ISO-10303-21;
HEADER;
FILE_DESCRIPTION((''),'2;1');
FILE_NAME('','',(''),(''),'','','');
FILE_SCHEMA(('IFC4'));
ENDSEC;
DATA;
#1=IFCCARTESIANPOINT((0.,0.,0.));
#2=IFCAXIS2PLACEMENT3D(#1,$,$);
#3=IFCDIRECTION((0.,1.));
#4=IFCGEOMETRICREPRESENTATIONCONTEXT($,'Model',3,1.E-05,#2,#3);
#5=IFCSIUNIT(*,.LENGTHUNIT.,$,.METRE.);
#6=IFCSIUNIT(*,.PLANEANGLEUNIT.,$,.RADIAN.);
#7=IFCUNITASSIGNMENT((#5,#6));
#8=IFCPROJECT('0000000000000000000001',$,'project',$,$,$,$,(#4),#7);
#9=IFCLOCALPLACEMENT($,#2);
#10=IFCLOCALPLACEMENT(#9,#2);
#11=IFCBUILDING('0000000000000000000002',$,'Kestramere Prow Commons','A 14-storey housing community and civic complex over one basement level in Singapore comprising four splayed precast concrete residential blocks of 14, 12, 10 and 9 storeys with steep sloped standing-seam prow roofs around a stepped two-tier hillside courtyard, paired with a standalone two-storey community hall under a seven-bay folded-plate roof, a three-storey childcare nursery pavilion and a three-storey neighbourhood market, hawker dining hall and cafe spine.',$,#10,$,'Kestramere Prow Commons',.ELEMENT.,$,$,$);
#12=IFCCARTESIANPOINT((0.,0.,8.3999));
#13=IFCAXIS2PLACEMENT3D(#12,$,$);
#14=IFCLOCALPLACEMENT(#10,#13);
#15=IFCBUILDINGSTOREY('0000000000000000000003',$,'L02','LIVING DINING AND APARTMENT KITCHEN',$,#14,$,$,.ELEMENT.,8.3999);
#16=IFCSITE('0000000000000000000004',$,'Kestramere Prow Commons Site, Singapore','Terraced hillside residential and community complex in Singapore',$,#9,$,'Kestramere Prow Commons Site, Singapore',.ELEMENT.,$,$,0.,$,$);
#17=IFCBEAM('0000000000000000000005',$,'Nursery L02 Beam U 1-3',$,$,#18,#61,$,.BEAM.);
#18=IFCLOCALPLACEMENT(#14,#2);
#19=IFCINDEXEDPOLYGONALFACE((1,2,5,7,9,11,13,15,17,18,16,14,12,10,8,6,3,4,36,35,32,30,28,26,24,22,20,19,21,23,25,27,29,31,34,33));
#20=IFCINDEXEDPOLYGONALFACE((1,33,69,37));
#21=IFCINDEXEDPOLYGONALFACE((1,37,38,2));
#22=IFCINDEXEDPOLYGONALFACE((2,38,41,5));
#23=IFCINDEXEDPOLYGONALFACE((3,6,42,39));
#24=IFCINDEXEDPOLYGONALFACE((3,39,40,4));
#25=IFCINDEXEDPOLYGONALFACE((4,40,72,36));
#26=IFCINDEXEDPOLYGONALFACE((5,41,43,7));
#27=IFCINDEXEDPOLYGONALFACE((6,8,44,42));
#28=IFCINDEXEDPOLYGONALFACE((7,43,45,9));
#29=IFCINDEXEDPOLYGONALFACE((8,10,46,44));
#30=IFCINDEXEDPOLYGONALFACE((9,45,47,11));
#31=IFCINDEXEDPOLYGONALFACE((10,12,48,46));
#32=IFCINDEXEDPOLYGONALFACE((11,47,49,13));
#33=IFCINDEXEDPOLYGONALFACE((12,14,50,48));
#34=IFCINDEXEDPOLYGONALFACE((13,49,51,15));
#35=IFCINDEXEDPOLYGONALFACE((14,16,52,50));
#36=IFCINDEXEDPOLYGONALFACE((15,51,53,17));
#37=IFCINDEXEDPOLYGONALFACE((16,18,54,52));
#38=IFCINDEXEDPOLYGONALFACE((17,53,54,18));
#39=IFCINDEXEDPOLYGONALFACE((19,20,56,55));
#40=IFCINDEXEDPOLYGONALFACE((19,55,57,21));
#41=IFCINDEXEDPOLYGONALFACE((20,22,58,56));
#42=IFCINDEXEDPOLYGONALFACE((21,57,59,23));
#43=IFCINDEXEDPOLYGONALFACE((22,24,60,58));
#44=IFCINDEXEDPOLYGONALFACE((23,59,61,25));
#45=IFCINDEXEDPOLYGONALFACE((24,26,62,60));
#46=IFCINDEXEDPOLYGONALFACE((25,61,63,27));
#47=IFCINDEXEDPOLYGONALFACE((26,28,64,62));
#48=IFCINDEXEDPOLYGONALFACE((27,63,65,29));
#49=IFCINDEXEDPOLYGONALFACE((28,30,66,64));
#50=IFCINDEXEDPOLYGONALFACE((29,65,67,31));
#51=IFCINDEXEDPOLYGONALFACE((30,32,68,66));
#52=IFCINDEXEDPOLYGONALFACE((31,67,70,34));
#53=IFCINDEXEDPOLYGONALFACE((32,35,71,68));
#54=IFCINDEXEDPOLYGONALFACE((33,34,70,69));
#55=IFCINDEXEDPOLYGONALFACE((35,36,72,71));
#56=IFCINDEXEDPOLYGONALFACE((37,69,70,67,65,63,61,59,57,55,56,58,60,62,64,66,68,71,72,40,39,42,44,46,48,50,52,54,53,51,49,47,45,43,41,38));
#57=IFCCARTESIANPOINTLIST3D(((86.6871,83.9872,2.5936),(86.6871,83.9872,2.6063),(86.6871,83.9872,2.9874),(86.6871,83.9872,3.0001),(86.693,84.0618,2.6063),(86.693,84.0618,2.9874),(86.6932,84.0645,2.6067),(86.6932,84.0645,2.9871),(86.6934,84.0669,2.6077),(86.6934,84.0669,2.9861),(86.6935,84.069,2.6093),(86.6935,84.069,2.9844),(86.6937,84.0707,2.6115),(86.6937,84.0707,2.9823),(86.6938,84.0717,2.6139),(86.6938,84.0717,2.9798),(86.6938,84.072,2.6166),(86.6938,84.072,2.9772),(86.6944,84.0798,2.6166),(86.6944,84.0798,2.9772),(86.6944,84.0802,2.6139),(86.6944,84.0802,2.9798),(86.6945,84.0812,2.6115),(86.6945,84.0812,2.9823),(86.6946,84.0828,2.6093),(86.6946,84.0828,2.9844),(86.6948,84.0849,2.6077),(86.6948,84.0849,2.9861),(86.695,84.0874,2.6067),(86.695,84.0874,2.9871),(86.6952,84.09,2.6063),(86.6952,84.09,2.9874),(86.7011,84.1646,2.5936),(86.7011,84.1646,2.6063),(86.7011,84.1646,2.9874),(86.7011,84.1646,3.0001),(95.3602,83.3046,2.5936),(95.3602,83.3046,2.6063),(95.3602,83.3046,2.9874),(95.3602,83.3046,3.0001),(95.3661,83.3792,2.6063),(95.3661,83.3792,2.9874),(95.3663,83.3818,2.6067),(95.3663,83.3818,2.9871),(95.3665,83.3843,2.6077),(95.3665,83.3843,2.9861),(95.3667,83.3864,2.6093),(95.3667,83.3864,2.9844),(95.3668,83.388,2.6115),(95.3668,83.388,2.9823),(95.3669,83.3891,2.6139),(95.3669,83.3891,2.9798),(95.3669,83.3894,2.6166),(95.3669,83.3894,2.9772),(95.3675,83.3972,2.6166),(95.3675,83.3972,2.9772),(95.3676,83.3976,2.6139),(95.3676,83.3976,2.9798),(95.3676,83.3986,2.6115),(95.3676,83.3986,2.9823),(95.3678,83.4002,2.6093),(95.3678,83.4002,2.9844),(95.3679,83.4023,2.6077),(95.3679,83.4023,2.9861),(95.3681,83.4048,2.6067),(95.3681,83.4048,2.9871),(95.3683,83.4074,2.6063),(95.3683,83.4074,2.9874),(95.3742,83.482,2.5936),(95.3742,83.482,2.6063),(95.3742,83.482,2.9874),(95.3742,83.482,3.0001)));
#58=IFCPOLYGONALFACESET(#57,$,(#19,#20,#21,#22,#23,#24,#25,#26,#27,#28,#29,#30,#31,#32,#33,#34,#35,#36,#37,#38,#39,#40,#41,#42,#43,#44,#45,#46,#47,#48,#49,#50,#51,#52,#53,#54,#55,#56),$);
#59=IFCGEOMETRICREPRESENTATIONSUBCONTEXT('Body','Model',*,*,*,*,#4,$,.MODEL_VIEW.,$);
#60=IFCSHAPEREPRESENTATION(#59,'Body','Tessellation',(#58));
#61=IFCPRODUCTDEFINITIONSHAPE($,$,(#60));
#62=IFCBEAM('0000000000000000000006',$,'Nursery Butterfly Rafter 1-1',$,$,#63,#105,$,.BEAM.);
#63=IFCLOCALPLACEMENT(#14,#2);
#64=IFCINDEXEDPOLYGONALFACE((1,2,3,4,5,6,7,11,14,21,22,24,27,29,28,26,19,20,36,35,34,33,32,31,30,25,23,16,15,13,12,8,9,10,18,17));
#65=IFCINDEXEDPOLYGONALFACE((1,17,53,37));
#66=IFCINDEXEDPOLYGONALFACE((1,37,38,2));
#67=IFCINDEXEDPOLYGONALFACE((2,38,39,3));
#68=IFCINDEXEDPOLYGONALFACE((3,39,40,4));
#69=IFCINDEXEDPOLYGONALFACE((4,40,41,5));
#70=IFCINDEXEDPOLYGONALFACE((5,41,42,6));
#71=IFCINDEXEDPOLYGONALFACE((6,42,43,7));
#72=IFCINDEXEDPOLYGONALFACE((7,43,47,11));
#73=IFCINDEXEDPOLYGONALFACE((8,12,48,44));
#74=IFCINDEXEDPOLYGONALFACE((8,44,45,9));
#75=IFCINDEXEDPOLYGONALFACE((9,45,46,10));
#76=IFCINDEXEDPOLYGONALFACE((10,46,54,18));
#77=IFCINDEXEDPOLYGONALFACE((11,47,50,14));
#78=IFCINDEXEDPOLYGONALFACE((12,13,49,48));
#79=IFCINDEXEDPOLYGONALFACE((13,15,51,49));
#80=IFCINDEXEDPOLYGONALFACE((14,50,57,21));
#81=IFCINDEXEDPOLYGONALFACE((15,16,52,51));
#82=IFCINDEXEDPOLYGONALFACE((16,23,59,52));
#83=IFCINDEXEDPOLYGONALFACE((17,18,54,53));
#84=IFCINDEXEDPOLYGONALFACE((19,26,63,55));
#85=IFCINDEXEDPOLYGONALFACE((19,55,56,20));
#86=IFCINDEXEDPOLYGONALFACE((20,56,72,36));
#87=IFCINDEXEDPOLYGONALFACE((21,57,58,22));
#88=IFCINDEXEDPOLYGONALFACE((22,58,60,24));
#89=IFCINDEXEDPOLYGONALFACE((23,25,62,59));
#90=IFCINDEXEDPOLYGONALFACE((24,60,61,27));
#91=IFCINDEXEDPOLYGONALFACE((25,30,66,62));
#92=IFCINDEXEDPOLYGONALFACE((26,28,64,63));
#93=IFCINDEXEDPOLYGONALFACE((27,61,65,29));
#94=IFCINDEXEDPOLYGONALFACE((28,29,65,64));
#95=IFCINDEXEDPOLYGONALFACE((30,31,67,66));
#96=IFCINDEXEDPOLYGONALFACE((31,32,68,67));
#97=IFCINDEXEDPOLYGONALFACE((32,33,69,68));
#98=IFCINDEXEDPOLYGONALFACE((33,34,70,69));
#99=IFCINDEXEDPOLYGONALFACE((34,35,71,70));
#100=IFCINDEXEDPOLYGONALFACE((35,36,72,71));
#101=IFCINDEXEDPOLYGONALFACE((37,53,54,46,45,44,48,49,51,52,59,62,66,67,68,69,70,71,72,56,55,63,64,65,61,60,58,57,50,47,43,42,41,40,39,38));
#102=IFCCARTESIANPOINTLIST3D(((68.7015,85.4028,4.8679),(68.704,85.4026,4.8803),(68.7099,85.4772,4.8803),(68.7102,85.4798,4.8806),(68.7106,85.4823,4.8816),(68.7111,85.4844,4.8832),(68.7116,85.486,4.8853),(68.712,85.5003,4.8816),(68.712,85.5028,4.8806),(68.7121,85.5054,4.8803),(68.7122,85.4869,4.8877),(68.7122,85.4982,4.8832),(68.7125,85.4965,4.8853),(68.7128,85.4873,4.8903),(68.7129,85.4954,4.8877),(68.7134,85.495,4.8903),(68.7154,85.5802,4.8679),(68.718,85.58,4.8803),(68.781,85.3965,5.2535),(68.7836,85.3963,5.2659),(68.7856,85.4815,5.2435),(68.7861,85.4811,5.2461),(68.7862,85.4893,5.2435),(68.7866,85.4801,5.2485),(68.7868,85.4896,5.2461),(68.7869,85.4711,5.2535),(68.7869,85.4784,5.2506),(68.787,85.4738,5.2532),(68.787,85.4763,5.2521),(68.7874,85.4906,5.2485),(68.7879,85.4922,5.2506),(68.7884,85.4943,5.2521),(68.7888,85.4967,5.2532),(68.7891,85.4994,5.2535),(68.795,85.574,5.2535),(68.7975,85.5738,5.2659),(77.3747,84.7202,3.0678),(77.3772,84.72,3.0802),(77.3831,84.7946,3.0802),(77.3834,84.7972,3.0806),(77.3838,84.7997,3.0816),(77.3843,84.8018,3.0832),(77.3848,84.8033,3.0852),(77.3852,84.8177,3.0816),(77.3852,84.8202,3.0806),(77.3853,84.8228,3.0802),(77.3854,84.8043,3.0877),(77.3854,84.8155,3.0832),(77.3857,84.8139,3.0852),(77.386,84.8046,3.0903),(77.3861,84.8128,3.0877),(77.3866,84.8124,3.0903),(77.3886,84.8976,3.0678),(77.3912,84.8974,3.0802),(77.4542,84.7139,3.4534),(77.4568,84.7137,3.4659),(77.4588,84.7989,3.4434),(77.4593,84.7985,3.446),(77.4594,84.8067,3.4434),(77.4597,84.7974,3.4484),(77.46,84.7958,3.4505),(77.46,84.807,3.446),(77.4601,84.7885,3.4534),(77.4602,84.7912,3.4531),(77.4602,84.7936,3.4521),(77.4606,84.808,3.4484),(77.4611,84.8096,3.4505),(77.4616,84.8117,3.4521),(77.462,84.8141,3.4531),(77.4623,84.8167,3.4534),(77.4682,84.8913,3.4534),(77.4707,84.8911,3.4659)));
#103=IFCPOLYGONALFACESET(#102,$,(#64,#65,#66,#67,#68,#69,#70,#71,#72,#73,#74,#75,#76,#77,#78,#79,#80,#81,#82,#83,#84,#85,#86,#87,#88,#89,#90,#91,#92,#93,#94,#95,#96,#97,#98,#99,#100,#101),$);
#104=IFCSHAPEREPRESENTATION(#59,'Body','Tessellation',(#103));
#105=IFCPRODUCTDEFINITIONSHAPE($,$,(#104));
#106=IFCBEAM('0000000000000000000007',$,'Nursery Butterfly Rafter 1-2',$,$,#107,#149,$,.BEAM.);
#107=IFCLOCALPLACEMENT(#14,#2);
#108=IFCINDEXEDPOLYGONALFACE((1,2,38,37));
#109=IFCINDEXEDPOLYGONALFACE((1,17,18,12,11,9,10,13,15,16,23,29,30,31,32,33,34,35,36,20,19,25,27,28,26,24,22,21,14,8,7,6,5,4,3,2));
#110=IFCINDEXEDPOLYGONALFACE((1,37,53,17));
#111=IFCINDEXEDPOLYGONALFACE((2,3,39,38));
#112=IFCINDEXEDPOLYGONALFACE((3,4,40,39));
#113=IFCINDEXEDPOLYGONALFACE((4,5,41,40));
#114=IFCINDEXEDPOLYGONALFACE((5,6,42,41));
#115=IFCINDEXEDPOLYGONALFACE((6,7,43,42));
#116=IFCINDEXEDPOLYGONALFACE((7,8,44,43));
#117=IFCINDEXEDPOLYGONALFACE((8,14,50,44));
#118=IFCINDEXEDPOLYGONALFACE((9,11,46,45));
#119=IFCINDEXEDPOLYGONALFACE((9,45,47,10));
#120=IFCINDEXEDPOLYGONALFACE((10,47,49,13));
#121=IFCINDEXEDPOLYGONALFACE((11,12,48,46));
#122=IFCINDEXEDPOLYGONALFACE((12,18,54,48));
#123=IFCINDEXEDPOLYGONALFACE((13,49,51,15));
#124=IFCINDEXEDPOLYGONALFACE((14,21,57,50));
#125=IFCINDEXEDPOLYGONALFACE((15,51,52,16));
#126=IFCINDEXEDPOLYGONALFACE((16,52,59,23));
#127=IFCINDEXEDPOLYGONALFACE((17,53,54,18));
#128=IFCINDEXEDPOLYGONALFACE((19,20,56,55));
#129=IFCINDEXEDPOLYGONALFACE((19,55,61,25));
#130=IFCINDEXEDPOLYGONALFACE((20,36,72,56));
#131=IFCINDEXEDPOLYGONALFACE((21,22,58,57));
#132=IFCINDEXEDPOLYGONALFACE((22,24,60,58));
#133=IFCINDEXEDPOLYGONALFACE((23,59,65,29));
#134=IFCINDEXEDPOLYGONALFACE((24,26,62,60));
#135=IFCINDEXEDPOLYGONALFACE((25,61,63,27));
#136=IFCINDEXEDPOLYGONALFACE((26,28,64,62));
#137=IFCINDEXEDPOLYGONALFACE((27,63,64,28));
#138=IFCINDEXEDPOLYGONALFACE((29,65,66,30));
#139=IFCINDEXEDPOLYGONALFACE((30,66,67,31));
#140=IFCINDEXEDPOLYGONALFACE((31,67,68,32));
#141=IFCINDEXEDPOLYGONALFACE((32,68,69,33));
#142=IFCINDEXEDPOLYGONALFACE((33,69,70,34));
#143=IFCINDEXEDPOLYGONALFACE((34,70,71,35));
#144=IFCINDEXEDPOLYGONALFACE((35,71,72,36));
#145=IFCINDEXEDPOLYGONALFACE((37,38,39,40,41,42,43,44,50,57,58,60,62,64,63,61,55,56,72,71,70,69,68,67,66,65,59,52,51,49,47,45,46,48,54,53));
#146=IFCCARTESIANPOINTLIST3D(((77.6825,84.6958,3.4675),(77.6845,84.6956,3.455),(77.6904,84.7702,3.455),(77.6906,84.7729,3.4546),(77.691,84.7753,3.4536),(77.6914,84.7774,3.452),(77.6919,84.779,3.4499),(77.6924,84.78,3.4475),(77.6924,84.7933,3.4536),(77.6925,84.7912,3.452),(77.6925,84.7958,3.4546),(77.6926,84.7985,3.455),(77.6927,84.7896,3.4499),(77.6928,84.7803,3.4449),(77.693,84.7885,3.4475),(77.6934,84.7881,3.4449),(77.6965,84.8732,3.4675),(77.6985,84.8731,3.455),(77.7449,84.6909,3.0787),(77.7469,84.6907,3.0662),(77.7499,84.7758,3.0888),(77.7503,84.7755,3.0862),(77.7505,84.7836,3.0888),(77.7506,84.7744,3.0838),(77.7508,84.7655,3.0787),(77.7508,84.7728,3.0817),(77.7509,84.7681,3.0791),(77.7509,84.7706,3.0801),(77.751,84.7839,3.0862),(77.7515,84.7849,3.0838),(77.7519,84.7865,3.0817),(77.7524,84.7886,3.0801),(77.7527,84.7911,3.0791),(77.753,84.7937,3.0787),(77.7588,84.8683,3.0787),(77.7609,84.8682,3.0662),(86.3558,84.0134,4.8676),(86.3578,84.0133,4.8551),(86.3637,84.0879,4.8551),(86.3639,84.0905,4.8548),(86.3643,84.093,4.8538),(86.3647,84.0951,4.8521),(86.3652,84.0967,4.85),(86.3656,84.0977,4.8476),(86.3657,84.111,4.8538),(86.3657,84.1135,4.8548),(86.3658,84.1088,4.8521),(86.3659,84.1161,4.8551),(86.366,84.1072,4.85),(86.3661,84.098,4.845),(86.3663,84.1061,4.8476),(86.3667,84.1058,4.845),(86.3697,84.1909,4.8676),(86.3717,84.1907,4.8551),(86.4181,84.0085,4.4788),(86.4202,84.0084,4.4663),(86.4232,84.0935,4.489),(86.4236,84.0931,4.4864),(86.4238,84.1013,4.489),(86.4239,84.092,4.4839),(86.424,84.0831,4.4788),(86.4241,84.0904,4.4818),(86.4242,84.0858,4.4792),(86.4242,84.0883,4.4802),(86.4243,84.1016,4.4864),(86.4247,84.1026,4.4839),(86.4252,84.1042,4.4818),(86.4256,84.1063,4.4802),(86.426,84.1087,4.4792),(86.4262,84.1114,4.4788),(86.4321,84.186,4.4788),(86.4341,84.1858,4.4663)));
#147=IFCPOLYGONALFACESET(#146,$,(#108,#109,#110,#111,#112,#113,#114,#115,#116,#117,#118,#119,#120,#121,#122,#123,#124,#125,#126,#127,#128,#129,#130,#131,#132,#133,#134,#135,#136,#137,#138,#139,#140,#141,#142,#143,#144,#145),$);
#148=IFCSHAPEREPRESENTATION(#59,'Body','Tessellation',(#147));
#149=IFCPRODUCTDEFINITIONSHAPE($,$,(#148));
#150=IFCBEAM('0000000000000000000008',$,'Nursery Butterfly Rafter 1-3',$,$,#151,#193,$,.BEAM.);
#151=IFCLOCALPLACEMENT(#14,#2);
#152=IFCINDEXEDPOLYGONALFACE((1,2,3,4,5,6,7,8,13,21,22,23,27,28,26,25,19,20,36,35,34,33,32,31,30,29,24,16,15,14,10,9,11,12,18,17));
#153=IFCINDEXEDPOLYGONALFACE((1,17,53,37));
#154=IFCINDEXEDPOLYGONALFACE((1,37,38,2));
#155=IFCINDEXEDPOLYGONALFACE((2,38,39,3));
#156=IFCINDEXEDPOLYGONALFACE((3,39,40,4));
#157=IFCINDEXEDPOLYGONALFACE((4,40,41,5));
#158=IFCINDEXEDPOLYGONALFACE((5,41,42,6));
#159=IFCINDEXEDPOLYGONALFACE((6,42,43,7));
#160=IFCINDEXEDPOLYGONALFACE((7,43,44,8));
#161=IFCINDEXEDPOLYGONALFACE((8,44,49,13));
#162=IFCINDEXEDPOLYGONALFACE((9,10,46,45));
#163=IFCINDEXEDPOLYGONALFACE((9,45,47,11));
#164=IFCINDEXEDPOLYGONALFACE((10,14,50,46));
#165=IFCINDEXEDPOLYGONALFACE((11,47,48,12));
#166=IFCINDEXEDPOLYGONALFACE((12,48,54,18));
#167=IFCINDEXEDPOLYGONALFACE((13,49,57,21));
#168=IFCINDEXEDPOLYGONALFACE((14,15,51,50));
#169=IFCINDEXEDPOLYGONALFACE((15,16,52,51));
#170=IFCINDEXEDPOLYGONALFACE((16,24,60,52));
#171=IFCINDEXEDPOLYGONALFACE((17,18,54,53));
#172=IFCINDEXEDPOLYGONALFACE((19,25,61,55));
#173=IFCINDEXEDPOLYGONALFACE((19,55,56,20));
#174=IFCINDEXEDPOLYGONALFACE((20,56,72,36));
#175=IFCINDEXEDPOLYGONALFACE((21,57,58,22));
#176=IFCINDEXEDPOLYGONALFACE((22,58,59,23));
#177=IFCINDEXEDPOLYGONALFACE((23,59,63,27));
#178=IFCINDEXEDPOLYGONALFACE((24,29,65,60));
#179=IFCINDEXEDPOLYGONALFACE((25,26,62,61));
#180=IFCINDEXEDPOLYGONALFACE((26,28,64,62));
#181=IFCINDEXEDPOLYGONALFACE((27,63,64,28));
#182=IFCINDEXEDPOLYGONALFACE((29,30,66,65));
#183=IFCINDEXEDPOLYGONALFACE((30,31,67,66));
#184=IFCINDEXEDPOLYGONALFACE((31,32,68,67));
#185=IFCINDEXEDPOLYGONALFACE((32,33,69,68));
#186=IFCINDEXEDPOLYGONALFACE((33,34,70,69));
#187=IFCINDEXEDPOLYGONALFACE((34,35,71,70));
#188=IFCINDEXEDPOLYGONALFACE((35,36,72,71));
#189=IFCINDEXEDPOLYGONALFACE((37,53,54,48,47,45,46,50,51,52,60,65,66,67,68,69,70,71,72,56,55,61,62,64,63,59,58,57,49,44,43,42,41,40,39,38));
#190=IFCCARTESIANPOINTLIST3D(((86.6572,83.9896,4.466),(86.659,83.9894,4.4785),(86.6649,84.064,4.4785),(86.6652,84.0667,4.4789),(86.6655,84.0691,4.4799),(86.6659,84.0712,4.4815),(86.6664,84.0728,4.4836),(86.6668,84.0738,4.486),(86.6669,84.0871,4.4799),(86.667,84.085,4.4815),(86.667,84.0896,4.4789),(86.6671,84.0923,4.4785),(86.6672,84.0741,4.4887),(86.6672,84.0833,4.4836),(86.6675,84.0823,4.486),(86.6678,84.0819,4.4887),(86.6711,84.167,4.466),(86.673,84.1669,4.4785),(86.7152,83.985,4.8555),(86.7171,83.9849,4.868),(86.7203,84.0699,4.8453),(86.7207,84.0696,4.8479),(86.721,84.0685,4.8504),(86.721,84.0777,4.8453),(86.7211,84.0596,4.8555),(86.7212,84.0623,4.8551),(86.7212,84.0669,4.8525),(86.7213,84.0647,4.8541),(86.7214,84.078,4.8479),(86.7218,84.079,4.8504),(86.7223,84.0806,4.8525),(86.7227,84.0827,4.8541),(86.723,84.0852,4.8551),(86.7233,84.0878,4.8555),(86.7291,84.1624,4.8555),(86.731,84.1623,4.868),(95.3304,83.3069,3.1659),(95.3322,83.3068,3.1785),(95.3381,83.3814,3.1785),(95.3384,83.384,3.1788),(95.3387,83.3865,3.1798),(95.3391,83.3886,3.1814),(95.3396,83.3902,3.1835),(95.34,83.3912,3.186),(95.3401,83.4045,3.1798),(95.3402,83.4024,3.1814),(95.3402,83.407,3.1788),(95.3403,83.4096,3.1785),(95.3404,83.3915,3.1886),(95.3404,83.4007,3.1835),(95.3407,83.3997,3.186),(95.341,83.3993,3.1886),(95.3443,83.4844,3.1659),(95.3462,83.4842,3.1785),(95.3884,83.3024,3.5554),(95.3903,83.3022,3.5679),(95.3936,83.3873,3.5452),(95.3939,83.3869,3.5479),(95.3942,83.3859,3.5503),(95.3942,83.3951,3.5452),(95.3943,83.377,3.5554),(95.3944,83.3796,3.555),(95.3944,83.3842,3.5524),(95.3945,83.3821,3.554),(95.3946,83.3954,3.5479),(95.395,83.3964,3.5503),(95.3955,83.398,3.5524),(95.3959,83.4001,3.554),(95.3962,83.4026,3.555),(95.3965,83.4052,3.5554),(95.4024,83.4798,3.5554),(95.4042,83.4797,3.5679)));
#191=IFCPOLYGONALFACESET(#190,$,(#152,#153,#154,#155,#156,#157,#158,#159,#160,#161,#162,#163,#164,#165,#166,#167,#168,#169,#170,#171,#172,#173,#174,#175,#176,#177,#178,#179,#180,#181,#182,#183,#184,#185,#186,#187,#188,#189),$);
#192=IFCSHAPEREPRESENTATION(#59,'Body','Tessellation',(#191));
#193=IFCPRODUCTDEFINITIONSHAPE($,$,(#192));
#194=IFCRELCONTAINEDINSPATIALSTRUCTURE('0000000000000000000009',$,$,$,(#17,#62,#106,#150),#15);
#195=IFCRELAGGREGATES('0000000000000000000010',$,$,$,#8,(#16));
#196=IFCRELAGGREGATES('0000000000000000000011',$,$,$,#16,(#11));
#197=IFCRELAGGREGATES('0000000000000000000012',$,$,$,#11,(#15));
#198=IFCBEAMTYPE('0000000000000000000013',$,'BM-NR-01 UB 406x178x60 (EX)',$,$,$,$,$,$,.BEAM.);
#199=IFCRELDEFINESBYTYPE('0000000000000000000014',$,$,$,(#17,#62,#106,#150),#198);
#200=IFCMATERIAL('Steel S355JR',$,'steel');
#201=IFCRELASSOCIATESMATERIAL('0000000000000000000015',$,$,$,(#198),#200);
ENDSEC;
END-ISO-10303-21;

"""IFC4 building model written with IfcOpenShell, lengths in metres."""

from ifc_helpers import new_model, si_unit, direction, frame, origin, origin_2d, place, context, subcontext, project, spatial, i_section, extrude, material, material_profile, profile_set, type_object, element, save


model = new_model("IFC4")

# Units and contexts
model_context = context("Model", 3, precision=1e-05, world=origin(), true_north=direction((0.0, 1.0)))
body_context = subcontext(model_context, "Body", "Model", "MODEL_VIEW")
ifc_project = project(units=[si_unit("LENGTHUNIT", "METRE"), si_unit("PLANEANGLEUNIT", "RADIAN")], contexts=[model_context])

# Site, building, storey
site_placement = place(None, origin())
site = spatial("IfcSite", under=ifc_project, at=site_placement, Name="Kestramere Prow Commons Site, Singapore", Description="Terraced hillside residential and community complex in Singapore", LongName="Kestramere Prow Commons Site, Singapore", CompositionType="ELEMENT", RefElevation=0.0)
building_placement = place(site_placement, origin())
building = spatial("IfcBuilding", under=site, at=building_placement, Name="Kestramere Prow Commons", Description="A 14-storey housing community and civic complex over one basement level in Singapore comprising four splayed precast concrete residential blocks of 14, 12, 10 and 9 storeys with steep sloped standing-seam prow roofs around a stepped two-tier hillside courtyard, paired with a standalone two-storey community hall under a seven-bay folded-plate roof, a three-storey childcare nursery pavilion and a three-storey neighbourhood market, hawker dining hall and cafe spine.", LongName="Kestramere Prow Commons", CompositionType="ELEMENT")
storey_placement = place(building_placement, frame((0.0, 0.0, 8.3999)))
storey = spatial("IfcBuildingStorey", under=building, at=storey_placement, Name="L02", Description="LIVING DINING AND APARTMENT KITCHEN", CompositionType="ELEMENT", Elevation=8.3999)

# Shared definitions
ifc_material_1 = material(Name="Steel S355JR", Category="steel")

# Beams
ifc_material_profile_1 = material_profile(ifc_material_1, i_section(OverallWidth=0.178, OverallDepth=0.4065, WebThickness=0.0078, FlangeThickness=0.0127, FilletRadius=0.0103, at=origin_2d()), Name="UB 406x178x60")
ifc_profile_set_1 = profile_set([ifc_material_profile_1], Name="Steel S355JR")
beam_type_1 = type_object("IfcBeamType", Name="BM-NR-01 UB 406x178x60 (EX)", PredefinedType="BEAM", material=ifc_profile_set_1)
beam_1_placement = place(storey_placement, frame((86.6941, 84.0759, 2.7969), z_axis=(0.996917, -0.078462, 0.0), x_axis=(0.078462, 0.996917, 0.0)))
element("IfcBeam", 1, at=beam_1_placement, inside=storey, type_object=beam_type_1, Name="Nursery L02 Beam U 1-3", PredefinedType="BEAM", context=body_context, shape_type="SweptSolid", body=[
    extrude(i_section(OverallWidth=0.178, OverallDepth=0.4065, WebThickness=0.0078, FlangeThickness=0.0127, FilletRadius=0.0103, at=origin_2d()), origin(), (0.0, 0.0, 1.0), 8.7),
])
beam_2_placement = place(storey_placement, frame((68.7495, 85.4883, 5.0669), z_axis=(0.97624, -0.076835, -0.202613), x_axis=(0.078462, 0.996917, 0.0)))
element("IfcBeam", 2, at=beam_2_placement, inside=storey, type_object=beam_type_1, Name="Nursery Butterfly Rafter 1-1", PredefinedType="BEAM", context=body_context, shape_type="SweptSolid", body=[
    extrude(i_section(OverallWidth=0.178, OverallDepth=0.4065, WebThickness=0.0078, FlangeThickness=0.0127, FilletRadius=0.0103, at=origin_2d()), origin(), (0.0, 0.0, 1.0), 8.8843),
])
beam_3_placement = place(storey_placement, frame((77.7217, 84.782, 3.2668), z_axis=(0.984255, -0.077436, 0.158889), x_axis=(0.078432, 0.996919, 0.0)))
element("IfcBeam", 3, at=beam_3_placement, inside=storey, type_object=beam_type_1, Name="Nursery Butterfly Rafter 1-2", PredefinedType="BEAM", context=body_context, shape_type="SweptSolid", body=[
    extrude(i_section(OverallWidth=0.178, OverallDepth=0.4065, WebThickness=0.0078, FlangeThickness=0.0127, FilletRadius=0.0103, at=origin_2d()), origin(), (0.0, 0.0, 1.0), 8.812),
])
beam_4_placement = place(storey_placement, frame((86.6941, 84.0759, 4.667), z_axis=(0.985969, -0.077601, -0.147791), x_axis=(0.078462, 0.996917, 0.0)))
element("IfcBeam", 4, at=beam_4_placement, inside=storey, type_object=beam_type_1, Name="Nursery Butterfly Rafter 1-3", PredefinedType="BEAM", context=body_context, shape_type="SweptSolid", body=[
    extrude(i_section(OverallWidth=0.178, OverallDepth=0.4065, WebThickness=0.0078, FlangeThickness=0.0127, FilletRadius=0.0103, at=origin_2d()), origin(), (0.0, 0.0, 1.0), 8.7966),
])

save(model, "model.ifc")
